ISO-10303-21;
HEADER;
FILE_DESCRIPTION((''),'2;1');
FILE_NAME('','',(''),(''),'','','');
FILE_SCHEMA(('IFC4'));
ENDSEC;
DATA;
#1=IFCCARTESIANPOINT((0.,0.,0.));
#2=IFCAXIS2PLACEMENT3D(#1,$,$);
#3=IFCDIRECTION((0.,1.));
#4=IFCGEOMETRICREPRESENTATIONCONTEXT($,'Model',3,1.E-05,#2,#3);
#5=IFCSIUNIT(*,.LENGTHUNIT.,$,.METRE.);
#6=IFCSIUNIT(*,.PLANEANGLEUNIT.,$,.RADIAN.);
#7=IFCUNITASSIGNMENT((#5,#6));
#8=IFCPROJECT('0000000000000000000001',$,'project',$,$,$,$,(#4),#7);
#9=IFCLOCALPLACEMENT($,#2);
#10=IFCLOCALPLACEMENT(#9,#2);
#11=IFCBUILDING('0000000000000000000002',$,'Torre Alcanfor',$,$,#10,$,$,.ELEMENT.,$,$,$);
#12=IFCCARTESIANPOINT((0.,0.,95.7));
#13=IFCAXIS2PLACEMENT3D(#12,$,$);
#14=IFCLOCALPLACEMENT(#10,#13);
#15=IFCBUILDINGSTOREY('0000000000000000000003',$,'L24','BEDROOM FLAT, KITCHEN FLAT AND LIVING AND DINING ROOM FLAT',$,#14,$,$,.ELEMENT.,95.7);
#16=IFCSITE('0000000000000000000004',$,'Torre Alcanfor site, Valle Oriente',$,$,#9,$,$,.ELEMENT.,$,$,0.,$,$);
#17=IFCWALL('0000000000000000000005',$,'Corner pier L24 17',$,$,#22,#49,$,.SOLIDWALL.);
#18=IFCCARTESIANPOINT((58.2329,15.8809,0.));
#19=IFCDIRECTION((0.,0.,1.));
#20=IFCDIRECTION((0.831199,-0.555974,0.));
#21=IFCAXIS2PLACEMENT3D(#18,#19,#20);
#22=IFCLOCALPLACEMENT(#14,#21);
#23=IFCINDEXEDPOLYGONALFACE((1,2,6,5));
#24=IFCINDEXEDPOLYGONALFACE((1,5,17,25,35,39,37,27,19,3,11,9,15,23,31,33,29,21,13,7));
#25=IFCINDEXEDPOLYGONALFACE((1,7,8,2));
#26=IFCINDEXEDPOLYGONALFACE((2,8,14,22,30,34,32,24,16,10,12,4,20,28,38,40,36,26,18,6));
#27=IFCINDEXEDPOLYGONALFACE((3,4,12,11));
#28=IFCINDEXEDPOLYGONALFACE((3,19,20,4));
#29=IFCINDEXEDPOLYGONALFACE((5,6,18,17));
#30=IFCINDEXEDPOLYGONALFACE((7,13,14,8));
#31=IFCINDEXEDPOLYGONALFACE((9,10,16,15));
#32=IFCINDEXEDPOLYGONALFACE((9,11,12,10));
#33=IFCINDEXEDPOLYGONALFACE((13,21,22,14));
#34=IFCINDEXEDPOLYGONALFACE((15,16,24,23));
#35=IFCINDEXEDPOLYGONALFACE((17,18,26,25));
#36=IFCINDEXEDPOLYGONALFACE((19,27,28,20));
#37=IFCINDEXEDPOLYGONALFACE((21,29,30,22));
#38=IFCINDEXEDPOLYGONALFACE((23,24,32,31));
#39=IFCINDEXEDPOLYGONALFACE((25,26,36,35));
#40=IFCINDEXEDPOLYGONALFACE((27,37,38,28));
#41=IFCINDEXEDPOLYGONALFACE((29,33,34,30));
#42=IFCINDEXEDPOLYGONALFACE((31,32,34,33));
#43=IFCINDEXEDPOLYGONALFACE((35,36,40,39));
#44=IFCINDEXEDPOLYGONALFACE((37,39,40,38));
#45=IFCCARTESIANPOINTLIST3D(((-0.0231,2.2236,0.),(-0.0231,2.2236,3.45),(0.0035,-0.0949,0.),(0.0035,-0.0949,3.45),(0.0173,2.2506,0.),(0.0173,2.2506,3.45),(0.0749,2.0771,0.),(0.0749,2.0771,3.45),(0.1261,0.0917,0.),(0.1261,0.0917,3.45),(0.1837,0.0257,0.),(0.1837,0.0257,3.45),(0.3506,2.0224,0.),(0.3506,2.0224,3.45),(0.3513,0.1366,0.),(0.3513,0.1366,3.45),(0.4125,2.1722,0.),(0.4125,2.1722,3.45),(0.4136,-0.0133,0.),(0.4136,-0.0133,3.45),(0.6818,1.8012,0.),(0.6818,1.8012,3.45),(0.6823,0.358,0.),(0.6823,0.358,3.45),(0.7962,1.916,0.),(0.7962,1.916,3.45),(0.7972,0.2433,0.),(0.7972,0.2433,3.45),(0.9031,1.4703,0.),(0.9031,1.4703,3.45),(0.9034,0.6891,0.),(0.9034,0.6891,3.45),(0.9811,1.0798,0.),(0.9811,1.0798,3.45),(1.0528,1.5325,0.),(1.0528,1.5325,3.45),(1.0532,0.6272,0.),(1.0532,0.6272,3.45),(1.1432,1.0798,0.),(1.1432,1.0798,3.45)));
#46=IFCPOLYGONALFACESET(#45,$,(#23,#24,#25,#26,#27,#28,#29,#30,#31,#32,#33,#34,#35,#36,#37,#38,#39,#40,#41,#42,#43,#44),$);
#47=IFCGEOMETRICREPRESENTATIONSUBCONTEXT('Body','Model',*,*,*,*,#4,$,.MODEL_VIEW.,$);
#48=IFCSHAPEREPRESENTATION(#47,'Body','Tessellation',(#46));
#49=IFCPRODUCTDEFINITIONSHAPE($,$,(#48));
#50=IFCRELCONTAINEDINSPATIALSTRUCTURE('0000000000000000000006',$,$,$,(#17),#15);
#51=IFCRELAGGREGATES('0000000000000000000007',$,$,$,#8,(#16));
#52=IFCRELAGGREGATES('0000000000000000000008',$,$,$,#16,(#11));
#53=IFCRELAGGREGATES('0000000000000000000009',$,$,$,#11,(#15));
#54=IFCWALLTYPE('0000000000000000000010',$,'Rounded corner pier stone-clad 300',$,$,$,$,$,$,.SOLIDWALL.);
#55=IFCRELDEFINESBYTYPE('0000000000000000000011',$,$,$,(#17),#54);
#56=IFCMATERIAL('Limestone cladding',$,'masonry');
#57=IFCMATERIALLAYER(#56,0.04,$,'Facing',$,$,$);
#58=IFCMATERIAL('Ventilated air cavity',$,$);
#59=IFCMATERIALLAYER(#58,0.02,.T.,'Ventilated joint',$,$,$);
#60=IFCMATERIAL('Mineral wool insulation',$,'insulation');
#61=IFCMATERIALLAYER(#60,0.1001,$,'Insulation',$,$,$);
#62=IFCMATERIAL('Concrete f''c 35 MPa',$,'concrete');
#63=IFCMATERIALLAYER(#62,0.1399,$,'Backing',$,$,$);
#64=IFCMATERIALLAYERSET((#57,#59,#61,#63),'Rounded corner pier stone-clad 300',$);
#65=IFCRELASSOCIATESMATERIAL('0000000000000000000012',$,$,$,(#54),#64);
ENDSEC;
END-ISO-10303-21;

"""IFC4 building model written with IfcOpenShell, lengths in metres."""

from ifc_helpers import new_model, si_unit, direction, frame, origin, place, context, subcontext, project, spatial, polyline, outline, extrude, material, layer, layer_set, type_object, element, save


model = new_model("IFC4")

# Units and contexts
model_context = context("Model", 3, precision=1e-05, world=origin(), true_north=direction((0.0, 1.0)))
body_context = subcontext(model_context, "Body", "Model", "MODEL_VIEW")
ifc_project = project(units=[si_unit("LENGTHUNIT", "METRE"), si_unit("PLANEANGLEUNIT", "RADIAN")], contexts=[model_context])

# Site, building, storey
site_placement = place(None, origin())
site = spatial("IfcSite", under=ifc_project, at=site_placement, Name="Torre Alcanfor site, Valle Oriente", CompositionType="ELEMENT", RefElevation=0.0)
building_placement = place(site_placement, origin())
building = spatial("IfcBuilding", under=site, at=building_placement, Name="Torre Alcanfor", CompositionType="ELEMENT")
storey_placement = place(building_placement, frame((0.0, 0.0, 95.7)))
storey = spatial("IfcBuildingStorey", under=building, at=storey_placement, Name="L24", Description="BEDROOM FLAT, KITCHEN FLAT AND LIVING AND DINING ROOM FLAT", CompositionType="ELEMENT", Elevation=95.7)

# Shared definitions
ifc_material_1 = material(Name="Limestone cladding", Category="masonry")
ifc_material_2 = material(Name="Ventilated air cavity")
ifc_material_3 = material(Name="Mineral wool insulation", Category="insulation")
ifc_material_4 = material(Name="Concrete f'c 35 MPa", Category="concrete")

# Wall
ifc_layer_1 = layer(ifc_material_1, 0.04, Name="Facing")
ifc_layer_2 = layer(ifc_material_2, 0.02, ventilated=True, Name="Ventilated joint")
ifc_layer_3 = layer(ifc_material_3, 0.1001, Name="Insulation")
ifc_layer_4 = layer(ifc_material_4, 0.1399, Name="Backing")
ifc_layer_set_1 = layer_set([ifc_layer_1, ifc_layer_2, ifc_layer_3, ifc_layer_4], Name="Rounded corner pier stone-clad 300")
wall_type_1 = type_object("IfcWallType", Name="Rounded corner pier stone-clad 300", PredefinedType="SOLIDWALL", material=ifc_layer_set_1)
wall_1_placement = place(storey_placement, frame((58.2329, 15.8809, 0.0), z_axis=(0.0, 0.0, 1.0), x_axis=(0.831199, -0.555974, 0.0)))
element("IfcWall", 1, at=wall_1_placement, inside=storey, type_object=wall_type_1, Name="Corner pier L24 17", PredefinedType="SOLIDWALL", context=body_context, shape_type="SweptSolid", body=[
    extrude(outline(polyline([(0.0749, 2.0771), (0.3506, 2.0224), (0.6818, 1.8012), (0.9031, 1.4703), (0.9811, 1.0798), (0.9034, 0.6891), (0.6823, 0.358), (0.3513, 0.1366), (0.1261, 0.0917), (0.1837, 0.0257), (0.0035, -0.0949), (0.4136, -0.0133), (0.7972, 0.2433), (1.0532, 0.6272), (1.1432, 1.0798), (1.0528, 1.5325), (0.7962, 1.916), (0.4125, 2.1722), (0.0173, 2.2506), (-0.0231, 2.2236), (0.0749, 2.0771)])), origin(), (0.0, 0.0, 1.0), 3.45),
])

save(model, "model.ifc")
